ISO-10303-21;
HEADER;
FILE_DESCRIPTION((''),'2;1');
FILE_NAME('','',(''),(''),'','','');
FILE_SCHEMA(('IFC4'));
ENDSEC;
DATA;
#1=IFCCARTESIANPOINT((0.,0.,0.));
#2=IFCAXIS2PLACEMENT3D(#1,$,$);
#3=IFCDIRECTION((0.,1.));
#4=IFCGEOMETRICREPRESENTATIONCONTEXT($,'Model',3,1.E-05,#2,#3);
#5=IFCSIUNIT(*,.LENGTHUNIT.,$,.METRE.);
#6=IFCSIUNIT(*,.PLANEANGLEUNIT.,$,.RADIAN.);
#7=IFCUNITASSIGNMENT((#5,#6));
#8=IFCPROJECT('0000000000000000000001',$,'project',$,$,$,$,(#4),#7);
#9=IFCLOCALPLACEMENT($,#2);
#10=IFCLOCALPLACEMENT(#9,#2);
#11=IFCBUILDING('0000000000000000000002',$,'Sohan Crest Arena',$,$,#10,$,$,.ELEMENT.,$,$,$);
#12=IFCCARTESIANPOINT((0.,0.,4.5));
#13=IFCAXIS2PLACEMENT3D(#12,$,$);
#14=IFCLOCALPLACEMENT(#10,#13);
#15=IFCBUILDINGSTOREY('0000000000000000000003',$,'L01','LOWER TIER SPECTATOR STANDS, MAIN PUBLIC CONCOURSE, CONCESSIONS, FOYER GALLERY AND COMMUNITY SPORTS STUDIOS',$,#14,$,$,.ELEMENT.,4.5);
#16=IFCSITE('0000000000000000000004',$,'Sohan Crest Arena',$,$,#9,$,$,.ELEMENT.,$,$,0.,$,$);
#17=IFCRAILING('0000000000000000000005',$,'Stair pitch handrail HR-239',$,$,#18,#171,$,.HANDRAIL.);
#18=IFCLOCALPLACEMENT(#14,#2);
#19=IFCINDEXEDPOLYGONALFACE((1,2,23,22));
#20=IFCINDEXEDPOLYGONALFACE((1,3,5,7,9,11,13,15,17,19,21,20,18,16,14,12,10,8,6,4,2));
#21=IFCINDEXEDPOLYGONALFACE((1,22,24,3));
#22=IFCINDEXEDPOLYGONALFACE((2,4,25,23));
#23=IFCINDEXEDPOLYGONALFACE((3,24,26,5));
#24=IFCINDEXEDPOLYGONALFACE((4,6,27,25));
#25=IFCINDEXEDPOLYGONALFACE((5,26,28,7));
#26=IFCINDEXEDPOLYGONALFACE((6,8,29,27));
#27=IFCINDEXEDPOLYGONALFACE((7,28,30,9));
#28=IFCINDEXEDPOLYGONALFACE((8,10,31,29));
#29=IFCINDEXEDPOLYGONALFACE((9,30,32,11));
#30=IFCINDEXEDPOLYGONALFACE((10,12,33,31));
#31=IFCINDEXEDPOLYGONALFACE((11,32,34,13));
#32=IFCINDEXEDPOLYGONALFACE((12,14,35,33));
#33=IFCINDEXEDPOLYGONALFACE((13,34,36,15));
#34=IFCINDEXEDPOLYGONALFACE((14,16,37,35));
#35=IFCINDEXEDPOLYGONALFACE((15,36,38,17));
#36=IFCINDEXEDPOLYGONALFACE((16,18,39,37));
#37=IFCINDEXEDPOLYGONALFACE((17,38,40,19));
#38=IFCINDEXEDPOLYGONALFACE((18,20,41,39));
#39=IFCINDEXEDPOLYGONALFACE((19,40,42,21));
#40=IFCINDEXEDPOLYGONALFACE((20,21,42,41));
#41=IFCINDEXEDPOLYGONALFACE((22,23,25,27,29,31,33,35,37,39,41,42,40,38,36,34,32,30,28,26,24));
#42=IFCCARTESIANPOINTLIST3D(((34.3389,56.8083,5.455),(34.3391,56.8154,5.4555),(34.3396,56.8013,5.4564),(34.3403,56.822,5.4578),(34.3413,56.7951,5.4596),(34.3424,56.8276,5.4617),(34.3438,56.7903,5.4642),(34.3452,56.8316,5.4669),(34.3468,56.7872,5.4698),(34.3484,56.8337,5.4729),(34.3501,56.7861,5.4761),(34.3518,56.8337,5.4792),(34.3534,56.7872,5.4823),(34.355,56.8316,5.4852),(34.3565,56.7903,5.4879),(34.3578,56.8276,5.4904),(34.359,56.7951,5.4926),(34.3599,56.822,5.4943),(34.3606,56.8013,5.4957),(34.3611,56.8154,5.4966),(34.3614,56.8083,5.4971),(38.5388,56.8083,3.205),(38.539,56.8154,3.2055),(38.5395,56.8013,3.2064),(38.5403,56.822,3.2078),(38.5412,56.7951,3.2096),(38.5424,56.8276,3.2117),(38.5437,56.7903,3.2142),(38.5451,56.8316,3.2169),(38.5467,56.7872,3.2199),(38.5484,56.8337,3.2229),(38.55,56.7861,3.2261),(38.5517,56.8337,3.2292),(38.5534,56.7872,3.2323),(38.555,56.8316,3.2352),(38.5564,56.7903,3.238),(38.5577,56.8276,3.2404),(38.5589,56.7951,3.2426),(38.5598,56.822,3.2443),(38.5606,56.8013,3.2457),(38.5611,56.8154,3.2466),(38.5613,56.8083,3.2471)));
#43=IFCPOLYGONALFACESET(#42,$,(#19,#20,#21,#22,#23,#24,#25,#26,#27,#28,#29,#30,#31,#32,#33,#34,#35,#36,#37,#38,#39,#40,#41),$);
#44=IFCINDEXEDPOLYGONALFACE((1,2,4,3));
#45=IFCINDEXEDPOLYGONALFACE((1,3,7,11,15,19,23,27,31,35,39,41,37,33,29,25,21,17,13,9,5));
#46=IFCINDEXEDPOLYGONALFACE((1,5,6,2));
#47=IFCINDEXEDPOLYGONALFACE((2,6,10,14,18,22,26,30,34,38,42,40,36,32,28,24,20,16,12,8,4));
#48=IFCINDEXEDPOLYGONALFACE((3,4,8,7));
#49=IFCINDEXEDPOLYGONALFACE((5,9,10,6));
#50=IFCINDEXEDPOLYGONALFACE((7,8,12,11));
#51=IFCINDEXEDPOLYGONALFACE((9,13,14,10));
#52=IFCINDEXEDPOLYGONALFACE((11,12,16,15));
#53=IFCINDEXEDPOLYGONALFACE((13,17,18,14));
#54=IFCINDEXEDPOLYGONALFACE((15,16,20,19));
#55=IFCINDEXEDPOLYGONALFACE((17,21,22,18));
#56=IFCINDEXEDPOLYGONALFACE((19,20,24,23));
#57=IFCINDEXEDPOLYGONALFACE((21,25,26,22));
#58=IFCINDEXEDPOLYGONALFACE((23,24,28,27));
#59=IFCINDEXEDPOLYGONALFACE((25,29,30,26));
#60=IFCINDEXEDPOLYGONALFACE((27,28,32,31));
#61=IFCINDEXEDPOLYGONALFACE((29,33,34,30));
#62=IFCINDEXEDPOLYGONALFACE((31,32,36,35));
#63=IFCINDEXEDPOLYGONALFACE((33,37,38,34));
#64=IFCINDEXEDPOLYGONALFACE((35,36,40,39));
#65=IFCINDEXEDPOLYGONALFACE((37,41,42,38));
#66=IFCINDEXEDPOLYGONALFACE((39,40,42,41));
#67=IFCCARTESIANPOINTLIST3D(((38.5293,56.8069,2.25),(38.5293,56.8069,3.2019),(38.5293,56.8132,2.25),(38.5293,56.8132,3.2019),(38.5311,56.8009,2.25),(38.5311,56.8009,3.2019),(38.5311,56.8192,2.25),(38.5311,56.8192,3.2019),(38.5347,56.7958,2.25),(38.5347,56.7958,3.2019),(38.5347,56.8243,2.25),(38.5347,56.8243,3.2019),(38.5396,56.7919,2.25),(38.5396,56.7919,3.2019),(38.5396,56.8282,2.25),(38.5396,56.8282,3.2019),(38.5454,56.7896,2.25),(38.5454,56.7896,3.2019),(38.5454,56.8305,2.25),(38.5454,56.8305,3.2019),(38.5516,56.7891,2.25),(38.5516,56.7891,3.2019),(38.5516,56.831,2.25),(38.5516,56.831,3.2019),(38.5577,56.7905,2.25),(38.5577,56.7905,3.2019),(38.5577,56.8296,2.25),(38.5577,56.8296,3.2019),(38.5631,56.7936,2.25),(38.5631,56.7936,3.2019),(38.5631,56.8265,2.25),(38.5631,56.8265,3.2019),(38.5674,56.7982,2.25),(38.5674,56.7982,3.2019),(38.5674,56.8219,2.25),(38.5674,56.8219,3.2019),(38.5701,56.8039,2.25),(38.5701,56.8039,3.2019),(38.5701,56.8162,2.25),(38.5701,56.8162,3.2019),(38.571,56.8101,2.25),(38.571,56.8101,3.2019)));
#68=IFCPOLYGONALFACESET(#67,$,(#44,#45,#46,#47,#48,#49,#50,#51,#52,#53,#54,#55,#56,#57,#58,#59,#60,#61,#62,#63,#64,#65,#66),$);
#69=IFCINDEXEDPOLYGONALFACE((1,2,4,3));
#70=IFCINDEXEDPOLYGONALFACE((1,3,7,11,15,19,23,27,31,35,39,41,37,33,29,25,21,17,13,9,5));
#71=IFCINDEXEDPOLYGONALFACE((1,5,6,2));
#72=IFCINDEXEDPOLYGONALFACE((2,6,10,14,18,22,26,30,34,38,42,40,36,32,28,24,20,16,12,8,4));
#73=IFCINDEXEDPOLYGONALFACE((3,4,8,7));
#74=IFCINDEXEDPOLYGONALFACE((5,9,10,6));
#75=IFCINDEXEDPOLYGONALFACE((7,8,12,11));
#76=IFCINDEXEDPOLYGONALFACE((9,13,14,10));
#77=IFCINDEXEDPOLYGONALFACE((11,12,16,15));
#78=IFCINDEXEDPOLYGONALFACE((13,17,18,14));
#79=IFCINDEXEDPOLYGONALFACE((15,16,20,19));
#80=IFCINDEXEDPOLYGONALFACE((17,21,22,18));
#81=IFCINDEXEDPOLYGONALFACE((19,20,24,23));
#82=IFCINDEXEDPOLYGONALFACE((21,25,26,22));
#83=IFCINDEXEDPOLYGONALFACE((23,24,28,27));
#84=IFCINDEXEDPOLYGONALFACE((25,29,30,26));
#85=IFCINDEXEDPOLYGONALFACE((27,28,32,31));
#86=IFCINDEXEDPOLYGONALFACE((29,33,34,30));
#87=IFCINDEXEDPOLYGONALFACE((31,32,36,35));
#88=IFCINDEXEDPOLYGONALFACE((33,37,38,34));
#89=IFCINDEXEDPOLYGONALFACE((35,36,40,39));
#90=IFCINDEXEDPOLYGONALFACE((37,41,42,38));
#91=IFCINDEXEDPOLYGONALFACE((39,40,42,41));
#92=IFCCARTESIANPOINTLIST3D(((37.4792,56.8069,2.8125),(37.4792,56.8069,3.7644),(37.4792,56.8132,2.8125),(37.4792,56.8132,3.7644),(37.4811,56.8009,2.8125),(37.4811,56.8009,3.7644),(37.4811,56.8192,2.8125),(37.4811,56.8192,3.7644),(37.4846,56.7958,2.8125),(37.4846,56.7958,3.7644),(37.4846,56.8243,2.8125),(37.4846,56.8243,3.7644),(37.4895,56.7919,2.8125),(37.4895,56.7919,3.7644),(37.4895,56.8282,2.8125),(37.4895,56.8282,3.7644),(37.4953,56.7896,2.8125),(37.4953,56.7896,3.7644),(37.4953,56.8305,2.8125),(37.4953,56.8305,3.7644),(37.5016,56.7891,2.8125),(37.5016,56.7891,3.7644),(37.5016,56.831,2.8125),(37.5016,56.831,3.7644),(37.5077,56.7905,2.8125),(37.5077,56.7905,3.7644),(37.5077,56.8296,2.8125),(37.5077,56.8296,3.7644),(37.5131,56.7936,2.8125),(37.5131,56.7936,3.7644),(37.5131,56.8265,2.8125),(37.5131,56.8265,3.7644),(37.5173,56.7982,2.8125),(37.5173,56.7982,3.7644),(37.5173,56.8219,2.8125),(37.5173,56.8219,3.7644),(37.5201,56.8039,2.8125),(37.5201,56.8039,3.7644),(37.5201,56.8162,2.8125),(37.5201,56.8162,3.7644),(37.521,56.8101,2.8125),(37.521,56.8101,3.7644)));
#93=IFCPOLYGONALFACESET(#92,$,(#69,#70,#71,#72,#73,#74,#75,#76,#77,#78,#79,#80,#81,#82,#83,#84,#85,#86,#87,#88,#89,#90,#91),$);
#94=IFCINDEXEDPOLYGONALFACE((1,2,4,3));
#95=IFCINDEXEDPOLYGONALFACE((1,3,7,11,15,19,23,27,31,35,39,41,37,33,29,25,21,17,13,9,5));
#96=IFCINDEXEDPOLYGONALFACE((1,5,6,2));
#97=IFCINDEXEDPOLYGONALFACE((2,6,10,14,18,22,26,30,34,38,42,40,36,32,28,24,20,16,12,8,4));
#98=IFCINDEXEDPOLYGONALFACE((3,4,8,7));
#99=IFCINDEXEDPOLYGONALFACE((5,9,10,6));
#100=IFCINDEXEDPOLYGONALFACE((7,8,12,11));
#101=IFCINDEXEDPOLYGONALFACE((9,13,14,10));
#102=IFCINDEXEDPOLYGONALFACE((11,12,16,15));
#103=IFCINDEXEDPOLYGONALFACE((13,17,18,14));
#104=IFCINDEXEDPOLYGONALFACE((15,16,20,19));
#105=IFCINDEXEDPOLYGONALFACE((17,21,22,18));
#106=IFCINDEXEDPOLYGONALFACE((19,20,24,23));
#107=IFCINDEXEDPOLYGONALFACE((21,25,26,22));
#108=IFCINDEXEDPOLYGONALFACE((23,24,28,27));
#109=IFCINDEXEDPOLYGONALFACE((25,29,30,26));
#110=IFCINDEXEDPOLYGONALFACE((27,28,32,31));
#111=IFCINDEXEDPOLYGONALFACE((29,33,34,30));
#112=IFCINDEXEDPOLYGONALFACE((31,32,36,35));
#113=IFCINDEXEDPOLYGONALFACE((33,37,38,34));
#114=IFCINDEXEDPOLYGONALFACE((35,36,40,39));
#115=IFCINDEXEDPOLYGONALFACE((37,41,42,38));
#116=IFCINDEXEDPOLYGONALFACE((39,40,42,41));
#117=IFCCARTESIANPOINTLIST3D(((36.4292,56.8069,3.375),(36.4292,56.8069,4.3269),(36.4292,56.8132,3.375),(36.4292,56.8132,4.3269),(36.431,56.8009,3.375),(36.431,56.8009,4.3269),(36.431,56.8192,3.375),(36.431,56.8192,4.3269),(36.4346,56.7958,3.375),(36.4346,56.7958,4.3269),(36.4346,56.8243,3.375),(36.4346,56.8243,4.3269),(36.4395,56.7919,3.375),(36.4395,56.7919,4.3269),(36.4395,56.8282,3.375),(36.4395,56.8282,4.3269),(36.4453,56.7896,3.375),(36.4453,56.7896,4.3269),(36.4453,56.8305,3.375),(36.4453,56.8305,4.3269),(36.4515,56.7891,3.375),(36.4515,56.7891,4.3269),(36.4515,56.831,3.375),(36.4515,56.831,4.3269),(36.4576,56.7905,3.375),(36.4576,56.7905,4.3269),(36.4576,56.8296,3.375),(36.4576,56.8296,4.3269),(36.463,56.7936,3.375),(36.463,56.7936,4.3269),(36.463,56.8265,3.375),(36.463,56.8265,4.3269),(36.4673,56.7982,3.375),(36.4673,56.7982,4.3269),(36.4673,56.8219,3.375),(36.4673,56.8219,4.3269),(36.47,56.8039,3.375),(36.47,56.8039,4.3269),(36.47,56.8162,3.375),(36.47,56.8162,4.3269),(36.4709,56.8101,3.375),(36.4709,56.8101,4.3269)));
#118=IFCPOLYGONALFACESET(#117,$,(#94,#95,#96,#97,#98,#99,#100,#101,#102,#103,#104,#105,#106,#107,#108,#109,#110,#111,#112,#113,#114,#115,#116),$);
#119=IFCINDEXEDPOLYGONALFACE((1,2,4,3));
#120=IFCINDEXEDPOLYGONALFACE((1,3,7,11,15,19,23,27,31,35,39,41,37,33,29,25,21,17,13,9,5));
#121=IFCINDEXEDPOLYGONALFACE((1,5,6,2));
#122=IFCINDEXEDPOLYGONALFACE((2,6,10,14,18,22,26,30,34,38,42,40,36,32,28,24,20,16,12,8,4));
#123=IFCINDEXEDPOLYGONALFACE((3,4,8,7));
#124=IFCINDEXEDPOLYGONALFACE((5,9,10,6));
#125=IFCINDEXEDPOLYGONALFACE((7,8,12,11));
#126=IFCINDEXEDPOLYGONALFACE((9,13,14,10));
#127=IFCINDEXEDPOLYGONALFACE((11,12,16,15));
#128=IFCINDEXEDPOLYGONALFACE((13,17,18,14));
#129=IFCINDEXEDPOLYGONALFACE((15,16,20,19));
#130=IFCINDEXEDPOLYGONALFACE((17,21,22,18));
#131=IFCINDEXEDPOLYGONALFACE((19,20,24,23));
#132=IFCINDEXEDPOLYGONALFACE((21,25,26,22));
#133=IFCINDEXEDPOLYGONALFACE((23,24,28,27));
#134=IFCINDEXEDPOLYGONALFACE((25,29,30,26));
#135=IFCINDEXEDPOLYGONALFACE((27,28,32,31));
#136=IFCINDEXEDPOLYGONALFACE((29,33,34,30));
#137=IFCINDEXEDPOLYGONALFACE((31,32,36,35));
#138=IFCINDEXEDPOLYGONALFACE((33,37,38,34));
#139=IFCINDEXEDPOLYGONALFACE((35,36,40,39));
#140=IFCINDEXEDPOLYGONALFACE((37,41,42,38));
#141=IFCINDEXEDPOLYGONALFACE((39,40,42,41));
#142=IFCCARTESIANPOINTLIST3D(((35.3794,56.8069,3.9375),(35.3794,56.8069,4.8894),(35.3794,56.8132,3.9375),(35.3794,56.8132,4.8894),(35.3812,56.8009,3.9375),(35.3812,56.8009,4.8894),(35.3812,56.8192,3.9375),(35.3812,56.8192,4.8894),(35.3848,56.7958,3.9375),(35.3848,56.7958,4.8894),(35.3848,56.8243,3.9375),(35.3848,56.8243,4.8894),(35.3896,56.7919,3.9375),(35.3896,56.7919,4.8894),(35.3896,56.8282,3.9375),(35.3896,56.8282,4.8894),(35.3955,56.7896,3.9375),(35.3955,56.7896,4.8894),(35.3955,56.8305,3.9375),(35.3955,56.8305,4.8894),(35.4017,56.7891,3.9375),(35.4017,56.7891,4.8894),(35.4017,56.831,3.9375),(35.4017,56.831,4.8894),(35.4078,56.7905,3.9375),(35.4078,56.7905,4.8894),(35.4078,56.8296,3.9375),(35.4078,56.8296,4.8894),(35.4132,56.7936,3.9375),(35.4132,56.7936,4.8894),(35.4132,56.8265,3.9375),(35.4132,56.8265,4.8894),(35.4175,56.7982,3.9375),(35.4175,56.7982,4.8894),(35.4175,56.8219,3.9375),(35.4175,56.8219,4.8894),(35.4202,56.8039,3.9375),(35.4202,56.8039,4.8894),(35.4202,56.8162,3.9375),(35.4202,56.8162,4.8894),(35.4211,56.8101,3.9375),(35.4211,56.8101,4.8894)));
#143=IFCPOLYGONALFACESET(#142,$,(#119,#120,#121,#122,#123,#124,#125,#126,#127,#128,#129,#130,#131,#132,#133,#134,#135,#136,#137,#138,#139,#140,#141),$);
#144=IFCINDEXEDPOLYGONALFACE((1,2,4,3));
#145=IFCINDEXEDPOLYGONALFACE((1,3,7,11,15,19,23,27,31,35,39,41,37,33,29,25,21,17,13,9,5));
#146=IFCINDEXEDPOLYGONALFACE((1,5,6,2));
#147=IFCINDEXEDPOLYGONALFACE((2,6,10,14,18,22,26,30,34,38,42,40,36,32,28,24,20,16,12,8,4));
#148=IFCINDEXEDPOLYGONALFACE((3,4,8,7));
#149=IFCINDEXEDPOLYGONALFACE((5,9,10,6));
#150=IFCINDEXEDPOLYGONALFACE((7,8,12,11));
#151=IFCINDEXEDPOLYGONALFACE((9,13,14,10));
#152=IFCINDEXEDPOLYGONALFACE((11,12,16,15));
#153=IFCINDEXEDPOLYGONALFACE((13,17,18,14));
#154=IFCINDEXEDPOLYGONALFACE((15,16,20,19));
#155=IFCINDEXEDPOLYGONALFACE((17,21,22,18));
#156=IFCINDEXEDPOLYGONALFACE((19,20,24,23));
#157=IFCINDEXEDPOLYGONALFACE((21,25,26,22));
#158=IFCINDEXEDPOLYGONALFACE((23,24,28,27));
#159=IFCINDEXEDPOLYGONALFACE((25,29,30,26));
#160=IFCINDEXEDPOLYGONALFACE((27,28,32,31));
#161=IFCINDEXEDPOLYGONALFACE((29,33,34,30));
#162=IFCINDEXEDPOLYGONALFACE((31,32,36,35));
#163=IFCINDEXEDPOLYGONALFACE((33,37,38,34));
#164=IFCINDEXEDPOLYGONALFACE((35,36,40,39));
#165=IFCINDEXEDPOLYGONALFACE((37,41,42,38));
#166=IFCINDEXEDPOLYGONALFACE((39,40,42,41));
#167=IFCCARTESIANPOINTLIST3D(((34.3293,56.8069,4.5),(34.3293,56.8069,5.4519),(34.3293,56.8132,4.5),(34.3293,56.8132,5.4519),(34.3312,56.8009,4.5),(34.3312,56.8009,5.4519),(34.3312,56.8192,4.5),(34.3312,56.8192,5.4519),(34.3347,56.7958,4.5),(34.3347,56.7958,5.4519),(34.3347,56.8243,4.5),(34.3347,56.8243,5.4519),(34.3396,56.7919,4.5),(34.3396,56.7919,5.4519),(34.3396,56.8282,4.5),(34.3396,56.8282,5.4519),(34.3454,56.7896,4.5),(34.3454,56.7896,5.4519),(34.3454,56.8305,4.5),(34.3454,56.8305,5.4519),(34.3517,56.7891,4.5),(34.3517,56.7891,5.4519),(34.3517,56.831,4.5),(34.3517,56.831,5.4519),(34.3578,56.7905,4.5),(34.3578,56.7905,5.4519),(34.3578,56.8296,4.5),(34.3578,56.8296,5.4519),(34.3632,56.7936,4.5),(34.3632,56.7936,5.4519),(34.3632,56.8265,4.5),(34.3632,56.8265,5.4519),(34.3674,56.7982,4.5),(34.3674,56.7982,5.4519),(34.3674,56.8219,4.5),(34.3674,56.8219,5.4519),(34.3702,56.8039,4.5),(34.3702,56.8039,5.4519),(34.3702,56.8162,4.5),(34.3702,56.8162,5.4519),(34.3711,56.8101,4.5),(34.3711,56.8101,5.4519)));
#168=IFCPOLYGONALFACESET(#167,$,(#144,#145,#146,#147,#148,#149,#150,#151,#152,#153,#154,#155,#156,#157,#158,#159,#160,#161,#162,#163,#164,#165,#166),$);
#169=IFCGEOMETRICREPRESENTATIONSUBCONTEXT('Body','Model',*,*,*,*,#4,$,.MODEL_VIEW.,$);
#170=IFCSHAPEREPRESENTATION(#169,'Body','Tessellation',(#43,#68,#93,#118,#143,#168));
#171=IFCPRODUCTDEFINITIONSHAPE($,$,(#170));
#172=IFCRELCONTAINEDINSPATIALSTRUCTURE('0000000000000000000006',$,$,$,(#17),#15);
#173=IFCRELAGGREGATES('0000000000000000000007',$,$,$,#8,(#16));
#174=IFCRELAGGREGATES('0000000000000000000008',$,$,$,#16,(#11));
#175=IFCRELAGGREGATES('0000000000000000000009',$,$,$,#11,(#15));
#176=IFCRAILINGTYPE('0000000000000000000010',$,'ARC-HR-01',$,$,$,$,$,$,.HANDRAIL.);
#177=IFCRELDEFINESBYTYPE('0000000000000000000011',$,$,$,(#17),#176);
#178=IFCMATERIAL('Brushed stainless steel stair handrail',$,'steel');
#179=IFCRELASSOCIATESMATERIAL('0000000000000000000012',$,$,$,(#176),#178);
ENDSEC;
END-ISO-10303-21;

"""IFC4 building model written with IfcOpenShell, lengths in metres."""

from ifc_helpers import new_model, si_unit, direction, frame, origin, origin_2d, place, context, subcontext, project, spatial, circle, extrude, material, type_object, element, save


model = new_model("IFC4")

# Units and contexts
model_context = context("Model", 3, precision=1e-05, world=origin(), true_north=direction((0.0, 1.0)))
body_context = subcontext(model_context, "Body", "Model", "MODEL_VIEW")
ifc_project = project(units=[si_unit("LENGTHUNIT", "METRE"), si_unit("PLANEANGLEUNIT", "RADIAN")], contexts=[model_context])

# Site, building, storey
site_placement = place(None, origin())
site = spatial("IfcSite", under=ifc_project, at=site_placement, Name="Sohan Crest Arena", CompositionType="ELEMENT", RefElevation=0.0)
building_placement = place(site_placement, origin())
building = spatial("IfcBuilding", under=site, at=building_placement, Name="Sohan Crest Arena", CompositionType="ELEMENT")
storey_placement = place(building_placement, frame((0.0, 0.0, 4.5)))
storey = spatial("IfcBuildingStorey", under=building, at=storey_placement, Name="L01", Description="LOWER TIER SPECTATOR STANDS, MAIN PUBLIC CONCOURSE, CONCESSIONS, FOYER GALLERY AND COMMUNITY SPORTS STUDIOS", CompositionType="ELEMENT", Elevation=4.5)

# Railing
ifc_material_1 = material(Name="Brushed stainless steel stair handrail", Category="steel")
railing_type_1 = type_object("IfcRailingType", Name="ARC-HR-01", PredefinedType="HANDRAIL", material=ifc_material_1)
railing_1_placement = place(storey_placement, frame((38.55, 56.8101, 2.25)))
element("IfcRailing", 1, at=railing_1_placement, inside=storey, type_object=railing_type_1, Name="Stair pitch handrail HR-239", PredefinedType="HANDRAIL", context=body_context, shape_type="SweptSolid", body=[
    extrude(circle(Radius=0.0239, at=origin_2d()), frame((0.0, 0.0, 0.9761), z_axis=(-0.881478, 0.0, 0.472226), x_axis=(0.0, -1.0, 0.0)), (0.0, 0.0, 1.0), 4.7646),
    extrude(circle(Radius=0.021, at=origin_2d()), origin(), (0.0, 0.0, 1.0), 0.9519),
    extrude(circle(Radius=0.021, at=origin_2d()), frame((-1.05, 0.0, 0.5625)), (0.0, 0.0, 1.0), 0.9519),
    extrude(circle(Radius=0.021, at=origin_2d()), frame((-2.1001, 0.0, 1.125)), (0.0, 0.0, 1.0), 0.9519),
    extrude(circle(Radius=0.021, at=origin_2d()), frame((-3.1499, 0.0, 1.6875)), (0.0, 0.0, 1.0), 0.9519),
    extrude(circle(Radius=0.021, at=origin_2d()), frame((-4.2, 0.0, 2.25)), (0.0, 0.0, 1.0), 0.9519),
])

save(model, "model.ifc")
